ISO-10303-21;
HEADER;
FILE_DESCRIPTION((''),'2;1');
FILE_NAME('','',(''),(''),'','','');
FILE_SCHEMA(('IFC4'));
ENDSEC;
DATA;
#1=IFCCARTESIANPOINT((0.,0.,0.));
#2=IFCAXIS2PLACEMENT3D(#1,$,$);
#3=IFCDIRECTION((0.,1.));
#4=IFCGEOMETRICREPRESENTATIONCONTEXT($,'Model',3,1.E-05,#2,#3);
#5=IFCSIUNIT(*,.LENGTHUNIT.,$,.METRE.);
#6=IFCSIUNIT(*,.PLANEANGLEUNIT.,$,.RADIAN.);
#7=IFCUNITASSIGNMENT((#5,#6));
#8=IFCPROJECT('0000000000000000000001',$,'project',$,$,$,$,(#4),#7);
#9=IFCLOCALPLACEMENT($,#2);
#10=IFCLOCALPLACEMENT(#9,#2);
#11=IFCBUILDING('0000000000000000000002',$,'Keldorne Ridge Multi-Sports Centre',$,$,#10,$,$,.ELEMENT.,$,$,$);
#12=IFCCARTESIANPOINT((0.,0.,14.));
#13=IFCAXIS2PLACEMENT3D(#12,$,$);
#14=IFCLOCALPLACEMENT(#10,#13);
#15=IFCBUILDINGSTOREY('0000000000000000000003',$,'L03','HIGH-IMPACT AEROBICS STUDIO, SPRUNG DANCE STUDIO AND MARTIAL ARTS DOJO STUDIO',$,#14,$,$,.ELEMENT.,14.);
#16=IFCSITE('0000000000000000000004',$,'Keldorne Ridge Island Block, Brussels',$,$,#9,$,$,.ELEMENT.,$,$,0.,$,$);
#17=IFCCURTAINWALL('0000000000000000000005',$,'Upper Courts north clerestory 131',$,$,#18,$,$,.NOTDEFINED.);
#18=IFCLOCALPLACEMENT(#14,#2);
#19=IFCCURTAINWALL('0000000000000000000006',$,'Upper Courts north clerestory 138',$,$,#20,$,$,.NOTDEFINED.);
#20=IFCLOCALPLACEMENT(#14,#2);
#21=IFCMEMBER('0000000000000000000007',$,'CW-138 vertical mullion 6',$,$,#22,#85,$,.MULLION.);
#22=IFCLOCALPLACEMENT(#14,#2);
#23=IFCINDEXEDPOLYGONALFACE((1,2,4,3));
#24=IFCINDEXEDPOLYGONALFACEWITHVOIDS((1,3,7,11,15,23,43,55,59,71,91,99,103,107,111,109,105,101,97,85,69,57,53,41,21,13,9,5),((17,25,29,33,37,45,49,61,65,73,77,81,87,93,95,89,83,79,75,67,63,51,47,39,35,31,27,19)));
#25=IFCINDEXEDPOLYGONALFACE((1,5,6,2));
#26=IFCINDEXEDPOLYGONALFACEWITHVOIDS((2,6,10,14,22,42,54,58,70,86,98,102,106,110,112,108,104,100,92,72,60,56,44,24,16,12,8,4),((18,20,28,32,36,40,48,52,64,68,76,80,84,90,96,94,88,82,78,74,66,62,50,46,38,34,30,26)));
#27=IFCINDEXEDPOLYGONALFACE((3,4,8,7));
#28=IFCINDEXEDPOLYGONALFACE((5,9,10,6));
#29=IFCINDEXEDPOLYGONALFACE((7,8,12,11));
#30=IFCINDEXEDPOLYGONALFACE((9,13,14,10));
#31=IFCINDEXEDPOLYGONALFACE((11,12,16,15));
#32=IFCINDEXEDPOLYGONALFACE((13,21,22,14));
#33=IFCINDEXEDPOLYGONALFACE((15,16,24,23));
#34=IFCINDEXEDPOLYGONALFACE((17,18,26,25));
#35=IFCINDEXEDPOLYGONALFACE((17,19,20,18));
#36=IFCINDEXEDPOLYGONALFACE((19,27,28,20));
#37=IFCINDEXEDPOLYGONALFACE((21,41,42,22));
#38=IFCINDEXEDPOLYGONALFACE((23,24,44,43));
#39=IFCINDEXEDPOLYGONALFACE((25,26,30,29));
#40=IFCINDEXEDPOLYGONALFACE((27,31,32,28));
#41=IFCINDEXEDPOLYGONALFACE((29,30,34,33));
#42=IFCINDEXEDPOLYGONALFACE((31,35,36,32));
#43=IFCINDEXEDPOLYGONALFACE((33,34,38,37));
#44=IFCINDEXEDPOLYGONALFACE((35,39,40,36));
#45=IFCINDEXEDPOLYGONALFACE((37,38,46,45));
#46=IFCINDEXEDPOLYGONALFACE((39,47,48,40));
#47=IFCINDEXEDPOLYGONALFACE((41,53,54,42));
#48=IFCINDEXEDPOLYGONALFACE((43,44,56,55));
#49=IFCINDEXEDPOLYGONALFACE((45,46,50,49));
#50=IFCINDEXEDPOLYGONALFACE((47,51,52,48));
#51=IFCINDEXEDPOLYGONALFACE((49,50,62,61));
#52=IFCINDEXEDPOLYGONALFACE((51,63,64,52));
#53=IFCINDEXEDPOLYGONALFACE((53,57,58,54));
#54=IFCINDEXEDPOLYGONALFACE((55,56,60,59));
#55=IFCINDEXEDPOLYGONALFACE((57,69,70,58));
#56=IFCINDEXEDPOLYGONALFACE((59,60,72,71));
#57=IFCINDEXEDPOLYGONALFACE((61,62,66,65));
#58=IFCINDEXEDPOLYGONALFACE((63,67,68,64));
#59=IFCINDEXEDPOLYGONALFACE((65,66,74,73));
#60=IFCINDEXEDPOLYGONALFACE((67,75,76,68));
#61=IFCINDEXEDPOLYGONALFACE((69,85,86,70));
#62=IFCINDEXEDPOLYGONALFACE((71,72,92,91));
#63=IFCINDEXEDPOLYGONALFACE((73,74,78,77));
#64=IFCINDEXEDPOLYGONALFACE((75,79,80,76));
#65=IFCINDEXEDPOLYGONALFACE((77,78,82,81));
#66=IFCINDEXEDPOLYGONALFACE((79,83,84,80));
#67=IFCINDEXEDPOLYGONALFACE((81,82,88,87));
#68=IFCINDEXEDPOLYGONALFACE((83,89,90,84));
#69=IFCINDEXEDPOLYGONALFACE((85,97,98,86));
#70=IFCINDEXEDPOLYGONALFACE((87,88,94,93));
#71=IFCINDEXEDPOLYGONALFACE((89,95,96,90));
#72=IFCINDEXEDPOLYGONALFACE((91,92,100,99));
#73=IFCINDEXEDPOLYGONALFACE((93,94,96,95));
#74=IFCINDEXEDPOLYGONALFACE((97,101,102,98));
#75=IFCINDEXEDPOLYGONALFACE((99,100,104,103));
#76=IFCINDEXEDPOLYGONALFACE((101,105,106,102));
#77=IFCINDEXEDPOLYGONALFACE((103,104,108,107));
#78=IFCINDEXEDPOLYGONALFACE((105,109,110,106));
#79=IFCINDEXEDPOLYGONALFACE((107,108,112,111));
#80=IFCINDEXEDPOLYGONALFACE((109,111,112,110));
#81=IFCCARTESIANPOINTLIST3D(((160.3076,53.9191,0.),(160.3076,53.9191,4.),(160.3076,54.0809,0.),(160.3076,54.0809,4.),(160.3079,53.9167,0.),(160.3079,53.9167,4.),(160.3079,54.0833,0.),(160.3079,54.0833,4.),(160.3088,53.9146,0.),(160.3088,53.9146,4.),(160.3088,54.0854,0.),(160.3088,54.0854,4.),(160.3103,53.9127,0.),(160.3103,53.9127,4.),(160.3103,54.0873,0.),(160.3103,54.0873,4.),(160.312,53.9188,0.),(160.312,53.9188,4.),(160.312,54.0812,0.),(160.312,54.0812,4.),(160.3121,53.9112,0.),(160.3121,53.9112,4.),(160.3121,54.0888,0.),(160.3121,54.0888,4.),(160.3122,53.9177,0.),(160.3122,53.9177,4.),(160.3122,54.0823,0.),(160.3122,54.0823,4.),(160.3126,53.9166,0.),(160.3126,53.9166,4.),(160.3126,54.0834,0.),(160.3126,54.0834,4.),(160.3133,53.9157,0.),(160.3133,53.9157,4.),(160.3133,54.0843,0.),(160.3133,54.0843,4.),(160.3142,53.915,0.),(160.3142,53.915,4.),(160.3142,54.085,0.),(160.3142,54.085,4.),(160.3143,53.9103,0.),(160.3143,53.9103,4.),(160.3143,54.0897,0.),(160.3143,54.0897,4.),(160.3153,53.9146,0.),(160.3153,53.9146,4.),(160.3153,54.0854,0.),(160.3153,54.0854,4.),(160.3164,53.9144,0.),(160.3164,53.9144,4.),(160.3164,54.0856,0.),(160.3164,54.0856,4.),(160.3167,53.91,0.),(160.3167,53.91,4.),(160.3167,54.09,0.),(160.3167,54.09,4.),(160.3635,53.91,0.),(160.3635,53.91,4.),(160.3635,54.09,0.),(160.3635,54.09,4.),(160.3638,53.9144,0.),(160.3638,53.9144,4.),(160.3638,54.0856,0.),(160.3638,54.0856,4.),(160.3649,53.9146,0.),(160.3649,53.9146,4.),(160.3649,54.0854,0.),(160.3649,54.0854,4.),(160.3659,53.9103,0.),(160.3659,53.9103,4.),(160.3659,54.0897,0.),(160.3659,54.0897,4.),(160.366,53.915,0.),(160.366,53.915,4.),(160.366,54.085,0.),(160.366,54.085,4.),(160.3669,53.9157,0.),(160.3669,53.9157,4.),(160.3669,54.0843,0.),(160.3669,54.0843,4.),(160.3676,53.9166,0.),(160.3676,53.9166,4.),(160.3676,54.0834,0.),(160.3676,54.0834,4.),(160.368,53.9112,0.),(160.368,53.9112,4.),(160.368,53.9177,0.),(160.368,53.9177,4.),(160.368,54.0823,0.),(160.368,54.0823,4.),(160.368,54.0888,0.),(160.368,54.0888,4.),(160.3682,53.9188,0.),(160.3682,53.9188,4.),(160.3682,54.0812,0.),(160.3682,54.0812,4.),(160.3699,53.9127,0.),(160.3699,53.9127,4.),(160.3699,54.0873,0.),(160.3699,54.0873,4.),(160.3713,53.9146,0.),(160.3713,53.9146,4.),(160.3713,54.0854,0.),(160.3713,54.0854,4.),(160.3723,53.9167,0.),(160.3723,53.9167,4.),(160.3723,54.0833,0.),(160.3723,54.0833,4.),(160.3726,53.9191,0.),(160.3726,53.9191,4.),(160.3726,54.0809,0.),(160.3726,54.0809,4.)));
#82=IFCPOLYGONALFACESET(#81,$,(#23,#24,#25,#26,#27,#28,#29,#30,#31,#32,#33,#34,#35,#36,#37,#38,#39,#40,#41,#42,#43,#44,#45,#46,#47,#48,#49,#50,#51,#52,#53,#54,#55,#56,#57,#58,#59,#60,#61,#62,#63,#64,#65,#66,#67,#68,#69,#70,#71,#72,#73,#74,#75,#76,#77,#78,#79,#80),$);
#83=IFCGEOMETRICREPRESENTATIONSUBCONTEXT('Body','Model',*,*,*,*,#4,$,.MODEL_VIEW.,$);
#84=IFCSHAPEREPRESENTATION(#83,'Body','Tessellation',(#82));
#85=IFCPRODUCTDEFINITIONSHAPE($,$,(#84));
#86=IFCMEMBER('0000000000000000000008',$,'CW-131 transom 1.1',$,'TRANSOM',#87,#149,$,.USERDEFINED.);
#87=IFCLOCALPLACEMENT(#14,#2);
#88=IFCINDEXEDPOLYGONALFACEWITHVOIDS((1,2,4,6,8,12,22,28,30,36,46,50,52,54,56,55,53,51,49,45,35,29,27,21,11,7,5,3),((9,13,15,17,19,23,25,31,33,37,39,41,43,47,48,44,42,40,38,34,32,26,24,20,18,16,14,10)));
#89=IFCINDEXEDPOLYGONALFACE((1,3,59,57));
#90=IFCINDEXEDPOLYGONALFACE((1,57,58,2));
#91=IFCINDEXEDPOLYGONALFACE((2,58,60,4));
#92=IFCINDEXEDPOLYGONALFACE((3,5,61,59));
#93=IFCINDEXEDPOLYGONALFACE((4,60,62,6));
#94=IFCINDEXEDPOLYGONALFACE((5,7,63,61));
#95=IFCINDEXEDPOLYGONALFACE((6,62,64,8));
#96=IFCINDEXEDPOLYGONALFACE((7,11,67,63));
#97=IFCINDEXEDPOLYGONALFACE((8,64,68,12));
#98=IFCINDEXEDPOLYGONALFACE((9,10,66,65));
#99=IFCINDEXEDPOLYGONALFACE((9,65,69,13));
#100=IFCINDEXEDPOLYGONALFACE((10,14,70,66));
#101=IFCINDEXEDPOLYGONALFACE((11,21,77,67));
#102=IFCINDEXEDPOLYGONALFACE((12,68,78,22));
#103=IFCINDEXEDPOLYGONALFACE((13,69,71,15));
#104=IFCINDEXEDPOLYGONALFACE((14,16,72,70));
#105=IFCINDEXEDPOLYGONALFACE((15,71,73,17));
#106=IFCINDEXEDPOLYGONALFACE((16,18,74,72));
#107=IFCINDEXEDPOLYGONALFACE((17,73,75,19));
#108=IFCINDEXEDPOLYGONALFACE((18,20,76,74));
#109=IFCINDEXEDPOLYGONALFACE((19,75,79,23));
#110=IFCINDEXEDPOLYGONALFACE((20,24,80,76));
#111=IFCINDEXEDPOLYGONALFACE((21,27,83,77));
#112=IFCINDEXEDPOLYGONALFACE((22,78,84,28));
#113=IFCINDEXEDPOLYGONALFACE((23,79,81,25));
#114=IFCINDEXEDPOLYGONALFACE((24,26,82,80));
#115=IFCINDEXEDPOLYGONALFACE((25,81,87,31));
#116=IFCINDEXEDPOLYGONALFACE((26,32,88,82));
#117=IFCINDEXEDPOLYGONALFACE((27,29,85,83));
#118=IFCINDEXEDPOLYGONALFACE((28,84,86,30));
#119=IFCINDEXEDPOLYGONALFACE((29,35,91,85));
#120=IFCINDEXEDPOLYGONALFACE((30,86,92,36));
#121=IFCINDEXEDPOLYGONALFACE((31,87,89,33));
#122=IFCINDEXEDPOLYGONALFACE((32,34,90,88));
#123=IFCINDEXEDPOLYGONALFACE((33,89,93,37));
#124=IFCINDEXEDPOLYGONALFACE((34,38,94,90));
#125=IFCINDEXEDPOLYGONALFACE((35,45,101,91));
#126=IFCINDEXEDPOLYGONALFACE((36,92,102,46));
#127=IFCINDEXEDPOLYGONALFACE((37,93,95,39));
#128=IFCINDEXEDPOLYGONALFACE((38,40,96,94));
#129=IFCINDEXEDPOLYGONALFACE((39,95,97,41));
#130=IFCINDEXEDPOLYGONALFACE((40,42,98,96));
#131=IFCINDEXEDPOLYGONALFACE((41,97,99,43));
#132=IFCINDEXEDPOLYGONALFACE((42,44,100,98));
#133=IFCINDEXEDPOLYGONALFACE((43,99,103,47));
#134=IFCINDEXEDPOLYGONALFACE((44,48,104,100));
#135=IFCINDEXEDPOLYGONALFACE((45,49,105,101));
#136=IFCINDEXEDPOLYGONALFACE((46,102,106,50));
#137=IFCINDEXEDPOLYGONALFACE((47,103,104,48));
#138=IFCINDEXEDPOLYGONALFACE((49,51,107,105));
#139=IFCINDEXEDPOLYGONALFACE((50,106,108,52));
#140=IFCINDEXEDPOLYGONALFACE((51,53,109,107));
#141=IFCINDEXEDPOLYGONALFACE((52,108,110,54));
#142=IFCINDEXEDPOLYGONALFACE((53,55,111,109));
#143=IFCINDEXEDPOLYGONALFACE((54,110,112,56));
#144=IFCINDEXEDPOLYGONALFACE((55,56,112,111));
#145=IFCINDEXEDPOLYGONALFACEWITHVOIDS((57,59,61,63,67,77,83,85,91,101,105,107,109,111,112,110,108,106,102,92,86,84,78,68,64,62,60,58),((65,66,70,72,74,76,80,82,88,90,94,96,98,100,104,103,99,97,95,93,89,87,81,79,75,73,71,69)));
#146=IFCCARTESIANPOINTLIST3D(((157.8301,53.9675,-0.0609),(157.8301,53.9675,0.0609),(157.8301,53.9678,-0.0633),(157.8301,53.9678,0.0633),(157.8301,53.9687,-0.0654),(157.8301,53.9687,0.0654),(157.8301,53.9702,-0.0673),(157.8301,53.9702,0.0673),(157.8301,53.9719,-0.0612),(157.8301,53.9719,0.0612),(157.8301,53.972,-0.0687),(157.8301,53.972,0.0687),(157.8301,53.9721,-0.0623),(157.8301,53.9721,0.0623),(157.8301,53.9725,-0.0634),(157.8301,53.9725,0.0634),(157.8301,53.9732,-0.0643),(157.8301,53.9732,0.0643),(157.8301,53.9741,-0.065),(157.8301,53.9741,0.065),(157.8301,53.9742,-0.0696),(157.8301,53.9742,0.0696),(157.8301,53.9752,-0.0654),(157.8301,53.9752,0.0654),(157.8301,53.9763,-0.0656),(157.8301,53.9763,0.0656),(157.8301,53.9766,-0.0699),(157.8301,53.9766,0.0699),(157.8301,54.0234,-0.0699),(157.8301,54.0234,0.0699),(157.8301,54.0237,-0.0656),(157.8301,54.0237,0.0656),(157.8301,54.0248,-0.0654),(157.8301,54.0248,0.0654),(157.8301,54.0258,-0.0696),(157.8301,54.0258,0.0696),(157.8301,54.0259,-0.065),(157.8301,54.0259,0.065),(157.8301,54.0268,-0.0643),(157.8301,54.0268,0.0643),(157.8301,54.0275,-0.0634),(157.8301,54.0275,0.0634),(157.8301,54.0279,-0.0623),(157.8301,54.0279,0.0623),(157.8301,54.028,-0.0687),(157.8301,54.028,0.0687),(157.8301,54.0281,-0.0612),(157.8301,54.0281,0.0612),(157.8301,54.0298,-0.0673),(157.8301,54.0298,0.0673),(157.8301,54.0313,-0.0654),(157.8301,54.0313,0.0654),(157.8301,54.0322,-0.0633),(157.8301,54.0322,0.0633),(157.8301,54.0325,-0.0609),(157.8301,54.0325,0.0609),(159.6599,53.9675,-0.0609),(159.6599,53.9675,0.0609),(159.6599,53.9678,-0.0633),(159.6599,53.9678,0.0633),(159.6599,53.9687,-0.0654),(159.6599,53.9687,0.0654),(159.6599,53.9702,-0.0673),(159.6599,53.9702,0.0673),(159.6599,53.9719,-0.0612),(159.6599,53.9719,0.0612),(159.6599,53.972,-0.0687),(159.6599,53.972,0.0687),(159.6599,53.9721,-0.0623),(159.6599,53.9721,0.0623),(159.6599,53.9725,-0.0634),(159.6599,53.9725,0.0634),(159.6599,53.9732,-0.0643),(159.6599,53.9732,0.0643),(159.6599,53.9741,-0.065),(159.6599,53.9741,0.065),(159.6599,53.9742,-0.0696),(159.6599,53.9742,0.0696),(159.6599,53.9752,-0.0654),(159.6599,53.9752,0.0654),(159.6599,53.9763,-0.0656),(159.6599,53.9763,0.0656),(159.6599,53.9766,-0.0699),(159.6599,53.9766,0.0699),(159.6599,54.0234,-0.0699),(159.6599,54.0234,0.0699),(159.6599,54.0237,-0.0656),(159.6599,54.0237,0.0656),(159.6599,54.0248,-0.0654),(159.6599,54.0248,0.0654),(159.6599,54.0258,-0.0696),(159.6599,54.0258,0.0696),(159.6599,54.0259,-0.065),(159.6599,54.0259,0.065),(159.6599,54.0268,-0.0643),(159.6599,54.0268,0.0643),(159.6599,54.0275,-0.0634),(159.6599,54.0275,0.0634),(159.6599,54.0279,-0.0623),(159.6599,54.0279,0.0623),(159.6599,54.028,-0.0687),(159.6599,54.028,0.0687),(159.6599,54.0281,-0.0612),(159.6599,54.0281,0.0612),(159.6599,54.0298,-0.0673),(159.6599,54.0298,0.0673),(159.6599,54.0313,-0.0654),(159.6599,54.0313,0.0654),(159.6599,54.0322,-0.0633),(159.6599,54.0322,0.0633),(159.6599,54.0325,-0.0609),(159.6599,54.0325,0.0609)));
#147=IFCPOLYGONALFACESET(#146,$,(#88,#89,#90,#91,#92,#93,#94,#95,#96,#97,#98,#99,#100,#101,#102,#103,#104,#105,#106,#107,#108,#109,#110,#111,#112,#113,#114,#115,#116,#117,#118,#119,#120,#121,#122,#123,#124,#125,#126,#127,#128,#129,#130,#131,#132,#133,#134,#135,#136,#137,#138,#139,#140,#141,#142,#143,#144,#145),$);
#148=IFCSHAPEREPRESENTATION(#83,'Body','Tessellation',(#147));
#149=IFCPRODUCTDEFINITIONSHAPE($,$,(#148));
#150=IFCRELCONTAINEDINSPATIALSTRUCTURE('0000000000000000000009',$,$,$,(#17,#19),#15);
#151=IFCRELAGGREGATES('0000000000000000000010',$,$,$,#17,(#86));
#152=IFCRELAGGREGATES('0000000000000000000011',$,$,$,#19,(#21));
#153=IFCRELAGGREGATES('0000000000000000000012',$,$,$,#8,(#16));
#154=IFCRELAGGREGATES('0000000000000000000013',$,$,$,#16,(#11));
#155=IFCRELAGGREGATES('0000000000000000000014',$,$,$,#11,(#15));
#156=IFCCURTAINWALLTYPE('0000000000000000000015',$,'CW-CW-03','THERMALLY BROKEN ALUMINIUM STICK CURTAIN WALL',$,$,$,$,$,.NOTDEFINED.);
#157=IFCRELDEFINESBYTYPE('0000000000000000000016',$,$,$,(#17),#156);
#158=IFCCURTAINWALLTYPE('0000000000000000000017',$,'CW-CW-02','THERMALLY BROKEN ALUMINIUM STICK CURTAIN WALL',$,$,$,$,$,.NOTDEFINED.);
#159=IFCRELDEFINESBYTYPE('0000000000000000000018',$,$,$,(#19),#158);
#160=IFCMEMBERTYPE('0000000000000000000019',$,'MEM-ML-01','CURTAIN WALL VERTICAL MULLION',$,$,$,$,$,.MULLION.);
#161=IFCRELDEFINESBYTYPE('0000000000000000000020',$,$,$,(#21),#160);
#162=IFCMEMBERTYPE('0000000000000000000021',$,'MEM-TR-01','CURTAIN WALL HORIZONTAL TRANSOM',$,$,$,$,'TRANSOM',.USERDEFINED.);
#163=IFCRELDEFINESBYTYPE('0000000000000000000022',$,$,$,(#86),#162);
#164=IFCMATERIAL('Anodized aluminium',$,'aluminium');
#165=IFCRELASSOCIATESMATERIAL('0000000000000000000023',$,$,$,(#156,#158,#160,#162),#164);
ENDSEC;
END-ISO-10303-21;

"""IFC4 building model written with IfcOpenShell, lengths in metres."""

from ifc_helpers import new_model, si_unit, direction, frame, origin, origin_2d, place, context, subcontext, project, spatial, hollow_rectangle, extrude, material, material_profile, profile_set, type_object, element, aggregate, save


model = new_model("IFC4")

# Units and contexts
model_context = context("Model", 3, precision=1e-05, world=origin(), true_north=direction((0.0, 1.0)))
body_context = subcontext(model_context, "Body", "Model", "MODEL_VIEW")
ifc_project = project(units=[si_unit("LENGTHUNIT", "METRE"), si_unit("PLANEANGLEUNIT", "RADIAN")], contexts=[model_context])

# Site, building, storey
site_placement = place(None, origin())
site = spatial("IfcSite", under=ifc_project, at=site_placement, Name="Keldorne Ridge Island Block, Brussels", CompositionType="ELEMENT", RefElevation=0.0)
building_placement = place(site_placement, origin())
building = spatial("IfcBuilding", under=site, at=building_placement, Name="Keldorne Ridge Multi-Sports Centre", CompositionType="ELEMENT")
storey_placement = place(building_placement, frame((0.0, 0.0, 14.0)))
storey = spatial("IfcBuildingStorey", under=building, at=storey_placement, Name="L03", Description="HIGH-IMPACT AEROBICS STUDIO, SPRUNG DANCE STUDIO AND MARTIAL ARTS DOJO STUDIO", CompositionType="ELEMENT", Elevation=14.0)

# Curtain walls, member
ifc_material_1 = material(Name="Anodized aluminium", Category="aluminium")
curtain_wall_type_1 = type_object("IfcCurtainWallType", Name="CW-CW-03", Description="THERMALLY BROKEN ALUMINIUM STICK CURTAIN WALL", PredefinedType="NOTDEFINED", material=ifc_material_1)
curtain_wall_1_placement = place(storey_placement, origin())
curtain_wall_1 = element("IfcCurtainWall", 1, at=curtain_wall_1_placement, inside=storey, type_object=curtain_wall_type_1, Name="Upper Courts north clerestory 131", PredefinedType="NOTDEFINED")
ifc_material_profile_1 = material_profile(ifc_material_1, hollow_rectangle(XDim=0.0649, YDim=0.1799, WallThickness=0.0044, InnerFilletRadius=0.0044, OuterFilletRadius=0.009, at=origin_2d()), Name="ALU MULLION 180x65x4.5")
ifc_profile_set_1 = profile_set([ifc_material_profile_1], Name="Anodized aluminium")
member_type_1 = type_object("IfcMemberType", Name="MEM-ML-01", Description="CURTAIN WALL VERTICAL MULLION", PredefinedType="MULLION", material=ifc_profile_set_1)
curtain_wall_type_2 = type_object("IfcCurtainWallType", Name="CW-CW-02", Description="THERMALLY BROKEN ALUMINIUM STICK CURTAIN WALL", PredefinedType="NOTDEFINED", material=ifc_material_1)
curtain_wall_2_placement = place(storey_placement, origin())
curtain_wall_2 = element("IfcCurtainWall", 2, at=curtain_wall_2_placement, inside=storey, type_object=curtain_wall_type_2, Name="Upper Courts north clerestory 138", PredefinedType="NOTDEFINED")
member_1_placement = place(storey_placement, frame((160.3401, 54.0, 0.0), z_axis=(0.0, 0.0, 1.0), x_axis=(1.0, 0.0, 0.0)))
member_1 = element("IfcMember", 3, at=member_1_placement, type_object=member_type_1, Name="CW-138 vertical mullion 6", PredefinedType="MULLION", context=body_context, shape_type="SweptSolid", body=[
    extrude(hollow_rectangle(XDim=0.0649, YDim=0.1799, WallThickness=0.0044, InnerFilletRadius=0.0044, OuterFilletRadius=0.009, at=origin_2d()), origin(), (0.0, 0.0, 1.0), 4.0),
])

# Member
ifc_material_profile_2 = material_profile(ifc_material_1, hollow_rectangle(XDim=0.0649, YDim=0.1399, WallThickness=0.0044, InnerFilletRadius=0.0044, OuterFilletRadius=0.009, at=origin_2d()), Name="ALU TRANSOM 140x65x4.5")
ifc_profile_set_2 = profile_set([ifc_material_profile_2], Name="Anodized aluminium")
member_type_2 = type_object("IfcMemberType", Name="MEM-TR-01", Description="CURTAIN WALL HORIZONTAL TRANSOM", ElementType="TRANSOM", PredefinedType="USERDEFINED", material=ifc_profile_set_2)
member_2_placement = place(storey_placement, frame((159.6599, 54.0, 0.0), z_axis=(-1.0, 0.0, 0.0), x_axis=(0.0, -1.0, 0.0)))
member_2 = element("IfcMember", 4, at=member_2_placement, type_object=member_type_2, Name="CW-131 transom 1.1", ObjectType="TRANSOM", PredefinedType="USERDEFINED", context=body_context, shape_type="SweptSolid", body=[
    extrude(hollow_rectangle(XDim=0.0649, YDim=0.1399, WallThickness=0.0044, InnerFilletRadius=0.0044, OuterFilletRadius=0.009, at=origin_2d()), origin(), (0.0, 0.0, 1.0), 1.8298),
])

aggregate(curtain_wall_1, [member_2])
aggregate(curtain_wall_2, [member_1])

save(model, "model.ifc")
